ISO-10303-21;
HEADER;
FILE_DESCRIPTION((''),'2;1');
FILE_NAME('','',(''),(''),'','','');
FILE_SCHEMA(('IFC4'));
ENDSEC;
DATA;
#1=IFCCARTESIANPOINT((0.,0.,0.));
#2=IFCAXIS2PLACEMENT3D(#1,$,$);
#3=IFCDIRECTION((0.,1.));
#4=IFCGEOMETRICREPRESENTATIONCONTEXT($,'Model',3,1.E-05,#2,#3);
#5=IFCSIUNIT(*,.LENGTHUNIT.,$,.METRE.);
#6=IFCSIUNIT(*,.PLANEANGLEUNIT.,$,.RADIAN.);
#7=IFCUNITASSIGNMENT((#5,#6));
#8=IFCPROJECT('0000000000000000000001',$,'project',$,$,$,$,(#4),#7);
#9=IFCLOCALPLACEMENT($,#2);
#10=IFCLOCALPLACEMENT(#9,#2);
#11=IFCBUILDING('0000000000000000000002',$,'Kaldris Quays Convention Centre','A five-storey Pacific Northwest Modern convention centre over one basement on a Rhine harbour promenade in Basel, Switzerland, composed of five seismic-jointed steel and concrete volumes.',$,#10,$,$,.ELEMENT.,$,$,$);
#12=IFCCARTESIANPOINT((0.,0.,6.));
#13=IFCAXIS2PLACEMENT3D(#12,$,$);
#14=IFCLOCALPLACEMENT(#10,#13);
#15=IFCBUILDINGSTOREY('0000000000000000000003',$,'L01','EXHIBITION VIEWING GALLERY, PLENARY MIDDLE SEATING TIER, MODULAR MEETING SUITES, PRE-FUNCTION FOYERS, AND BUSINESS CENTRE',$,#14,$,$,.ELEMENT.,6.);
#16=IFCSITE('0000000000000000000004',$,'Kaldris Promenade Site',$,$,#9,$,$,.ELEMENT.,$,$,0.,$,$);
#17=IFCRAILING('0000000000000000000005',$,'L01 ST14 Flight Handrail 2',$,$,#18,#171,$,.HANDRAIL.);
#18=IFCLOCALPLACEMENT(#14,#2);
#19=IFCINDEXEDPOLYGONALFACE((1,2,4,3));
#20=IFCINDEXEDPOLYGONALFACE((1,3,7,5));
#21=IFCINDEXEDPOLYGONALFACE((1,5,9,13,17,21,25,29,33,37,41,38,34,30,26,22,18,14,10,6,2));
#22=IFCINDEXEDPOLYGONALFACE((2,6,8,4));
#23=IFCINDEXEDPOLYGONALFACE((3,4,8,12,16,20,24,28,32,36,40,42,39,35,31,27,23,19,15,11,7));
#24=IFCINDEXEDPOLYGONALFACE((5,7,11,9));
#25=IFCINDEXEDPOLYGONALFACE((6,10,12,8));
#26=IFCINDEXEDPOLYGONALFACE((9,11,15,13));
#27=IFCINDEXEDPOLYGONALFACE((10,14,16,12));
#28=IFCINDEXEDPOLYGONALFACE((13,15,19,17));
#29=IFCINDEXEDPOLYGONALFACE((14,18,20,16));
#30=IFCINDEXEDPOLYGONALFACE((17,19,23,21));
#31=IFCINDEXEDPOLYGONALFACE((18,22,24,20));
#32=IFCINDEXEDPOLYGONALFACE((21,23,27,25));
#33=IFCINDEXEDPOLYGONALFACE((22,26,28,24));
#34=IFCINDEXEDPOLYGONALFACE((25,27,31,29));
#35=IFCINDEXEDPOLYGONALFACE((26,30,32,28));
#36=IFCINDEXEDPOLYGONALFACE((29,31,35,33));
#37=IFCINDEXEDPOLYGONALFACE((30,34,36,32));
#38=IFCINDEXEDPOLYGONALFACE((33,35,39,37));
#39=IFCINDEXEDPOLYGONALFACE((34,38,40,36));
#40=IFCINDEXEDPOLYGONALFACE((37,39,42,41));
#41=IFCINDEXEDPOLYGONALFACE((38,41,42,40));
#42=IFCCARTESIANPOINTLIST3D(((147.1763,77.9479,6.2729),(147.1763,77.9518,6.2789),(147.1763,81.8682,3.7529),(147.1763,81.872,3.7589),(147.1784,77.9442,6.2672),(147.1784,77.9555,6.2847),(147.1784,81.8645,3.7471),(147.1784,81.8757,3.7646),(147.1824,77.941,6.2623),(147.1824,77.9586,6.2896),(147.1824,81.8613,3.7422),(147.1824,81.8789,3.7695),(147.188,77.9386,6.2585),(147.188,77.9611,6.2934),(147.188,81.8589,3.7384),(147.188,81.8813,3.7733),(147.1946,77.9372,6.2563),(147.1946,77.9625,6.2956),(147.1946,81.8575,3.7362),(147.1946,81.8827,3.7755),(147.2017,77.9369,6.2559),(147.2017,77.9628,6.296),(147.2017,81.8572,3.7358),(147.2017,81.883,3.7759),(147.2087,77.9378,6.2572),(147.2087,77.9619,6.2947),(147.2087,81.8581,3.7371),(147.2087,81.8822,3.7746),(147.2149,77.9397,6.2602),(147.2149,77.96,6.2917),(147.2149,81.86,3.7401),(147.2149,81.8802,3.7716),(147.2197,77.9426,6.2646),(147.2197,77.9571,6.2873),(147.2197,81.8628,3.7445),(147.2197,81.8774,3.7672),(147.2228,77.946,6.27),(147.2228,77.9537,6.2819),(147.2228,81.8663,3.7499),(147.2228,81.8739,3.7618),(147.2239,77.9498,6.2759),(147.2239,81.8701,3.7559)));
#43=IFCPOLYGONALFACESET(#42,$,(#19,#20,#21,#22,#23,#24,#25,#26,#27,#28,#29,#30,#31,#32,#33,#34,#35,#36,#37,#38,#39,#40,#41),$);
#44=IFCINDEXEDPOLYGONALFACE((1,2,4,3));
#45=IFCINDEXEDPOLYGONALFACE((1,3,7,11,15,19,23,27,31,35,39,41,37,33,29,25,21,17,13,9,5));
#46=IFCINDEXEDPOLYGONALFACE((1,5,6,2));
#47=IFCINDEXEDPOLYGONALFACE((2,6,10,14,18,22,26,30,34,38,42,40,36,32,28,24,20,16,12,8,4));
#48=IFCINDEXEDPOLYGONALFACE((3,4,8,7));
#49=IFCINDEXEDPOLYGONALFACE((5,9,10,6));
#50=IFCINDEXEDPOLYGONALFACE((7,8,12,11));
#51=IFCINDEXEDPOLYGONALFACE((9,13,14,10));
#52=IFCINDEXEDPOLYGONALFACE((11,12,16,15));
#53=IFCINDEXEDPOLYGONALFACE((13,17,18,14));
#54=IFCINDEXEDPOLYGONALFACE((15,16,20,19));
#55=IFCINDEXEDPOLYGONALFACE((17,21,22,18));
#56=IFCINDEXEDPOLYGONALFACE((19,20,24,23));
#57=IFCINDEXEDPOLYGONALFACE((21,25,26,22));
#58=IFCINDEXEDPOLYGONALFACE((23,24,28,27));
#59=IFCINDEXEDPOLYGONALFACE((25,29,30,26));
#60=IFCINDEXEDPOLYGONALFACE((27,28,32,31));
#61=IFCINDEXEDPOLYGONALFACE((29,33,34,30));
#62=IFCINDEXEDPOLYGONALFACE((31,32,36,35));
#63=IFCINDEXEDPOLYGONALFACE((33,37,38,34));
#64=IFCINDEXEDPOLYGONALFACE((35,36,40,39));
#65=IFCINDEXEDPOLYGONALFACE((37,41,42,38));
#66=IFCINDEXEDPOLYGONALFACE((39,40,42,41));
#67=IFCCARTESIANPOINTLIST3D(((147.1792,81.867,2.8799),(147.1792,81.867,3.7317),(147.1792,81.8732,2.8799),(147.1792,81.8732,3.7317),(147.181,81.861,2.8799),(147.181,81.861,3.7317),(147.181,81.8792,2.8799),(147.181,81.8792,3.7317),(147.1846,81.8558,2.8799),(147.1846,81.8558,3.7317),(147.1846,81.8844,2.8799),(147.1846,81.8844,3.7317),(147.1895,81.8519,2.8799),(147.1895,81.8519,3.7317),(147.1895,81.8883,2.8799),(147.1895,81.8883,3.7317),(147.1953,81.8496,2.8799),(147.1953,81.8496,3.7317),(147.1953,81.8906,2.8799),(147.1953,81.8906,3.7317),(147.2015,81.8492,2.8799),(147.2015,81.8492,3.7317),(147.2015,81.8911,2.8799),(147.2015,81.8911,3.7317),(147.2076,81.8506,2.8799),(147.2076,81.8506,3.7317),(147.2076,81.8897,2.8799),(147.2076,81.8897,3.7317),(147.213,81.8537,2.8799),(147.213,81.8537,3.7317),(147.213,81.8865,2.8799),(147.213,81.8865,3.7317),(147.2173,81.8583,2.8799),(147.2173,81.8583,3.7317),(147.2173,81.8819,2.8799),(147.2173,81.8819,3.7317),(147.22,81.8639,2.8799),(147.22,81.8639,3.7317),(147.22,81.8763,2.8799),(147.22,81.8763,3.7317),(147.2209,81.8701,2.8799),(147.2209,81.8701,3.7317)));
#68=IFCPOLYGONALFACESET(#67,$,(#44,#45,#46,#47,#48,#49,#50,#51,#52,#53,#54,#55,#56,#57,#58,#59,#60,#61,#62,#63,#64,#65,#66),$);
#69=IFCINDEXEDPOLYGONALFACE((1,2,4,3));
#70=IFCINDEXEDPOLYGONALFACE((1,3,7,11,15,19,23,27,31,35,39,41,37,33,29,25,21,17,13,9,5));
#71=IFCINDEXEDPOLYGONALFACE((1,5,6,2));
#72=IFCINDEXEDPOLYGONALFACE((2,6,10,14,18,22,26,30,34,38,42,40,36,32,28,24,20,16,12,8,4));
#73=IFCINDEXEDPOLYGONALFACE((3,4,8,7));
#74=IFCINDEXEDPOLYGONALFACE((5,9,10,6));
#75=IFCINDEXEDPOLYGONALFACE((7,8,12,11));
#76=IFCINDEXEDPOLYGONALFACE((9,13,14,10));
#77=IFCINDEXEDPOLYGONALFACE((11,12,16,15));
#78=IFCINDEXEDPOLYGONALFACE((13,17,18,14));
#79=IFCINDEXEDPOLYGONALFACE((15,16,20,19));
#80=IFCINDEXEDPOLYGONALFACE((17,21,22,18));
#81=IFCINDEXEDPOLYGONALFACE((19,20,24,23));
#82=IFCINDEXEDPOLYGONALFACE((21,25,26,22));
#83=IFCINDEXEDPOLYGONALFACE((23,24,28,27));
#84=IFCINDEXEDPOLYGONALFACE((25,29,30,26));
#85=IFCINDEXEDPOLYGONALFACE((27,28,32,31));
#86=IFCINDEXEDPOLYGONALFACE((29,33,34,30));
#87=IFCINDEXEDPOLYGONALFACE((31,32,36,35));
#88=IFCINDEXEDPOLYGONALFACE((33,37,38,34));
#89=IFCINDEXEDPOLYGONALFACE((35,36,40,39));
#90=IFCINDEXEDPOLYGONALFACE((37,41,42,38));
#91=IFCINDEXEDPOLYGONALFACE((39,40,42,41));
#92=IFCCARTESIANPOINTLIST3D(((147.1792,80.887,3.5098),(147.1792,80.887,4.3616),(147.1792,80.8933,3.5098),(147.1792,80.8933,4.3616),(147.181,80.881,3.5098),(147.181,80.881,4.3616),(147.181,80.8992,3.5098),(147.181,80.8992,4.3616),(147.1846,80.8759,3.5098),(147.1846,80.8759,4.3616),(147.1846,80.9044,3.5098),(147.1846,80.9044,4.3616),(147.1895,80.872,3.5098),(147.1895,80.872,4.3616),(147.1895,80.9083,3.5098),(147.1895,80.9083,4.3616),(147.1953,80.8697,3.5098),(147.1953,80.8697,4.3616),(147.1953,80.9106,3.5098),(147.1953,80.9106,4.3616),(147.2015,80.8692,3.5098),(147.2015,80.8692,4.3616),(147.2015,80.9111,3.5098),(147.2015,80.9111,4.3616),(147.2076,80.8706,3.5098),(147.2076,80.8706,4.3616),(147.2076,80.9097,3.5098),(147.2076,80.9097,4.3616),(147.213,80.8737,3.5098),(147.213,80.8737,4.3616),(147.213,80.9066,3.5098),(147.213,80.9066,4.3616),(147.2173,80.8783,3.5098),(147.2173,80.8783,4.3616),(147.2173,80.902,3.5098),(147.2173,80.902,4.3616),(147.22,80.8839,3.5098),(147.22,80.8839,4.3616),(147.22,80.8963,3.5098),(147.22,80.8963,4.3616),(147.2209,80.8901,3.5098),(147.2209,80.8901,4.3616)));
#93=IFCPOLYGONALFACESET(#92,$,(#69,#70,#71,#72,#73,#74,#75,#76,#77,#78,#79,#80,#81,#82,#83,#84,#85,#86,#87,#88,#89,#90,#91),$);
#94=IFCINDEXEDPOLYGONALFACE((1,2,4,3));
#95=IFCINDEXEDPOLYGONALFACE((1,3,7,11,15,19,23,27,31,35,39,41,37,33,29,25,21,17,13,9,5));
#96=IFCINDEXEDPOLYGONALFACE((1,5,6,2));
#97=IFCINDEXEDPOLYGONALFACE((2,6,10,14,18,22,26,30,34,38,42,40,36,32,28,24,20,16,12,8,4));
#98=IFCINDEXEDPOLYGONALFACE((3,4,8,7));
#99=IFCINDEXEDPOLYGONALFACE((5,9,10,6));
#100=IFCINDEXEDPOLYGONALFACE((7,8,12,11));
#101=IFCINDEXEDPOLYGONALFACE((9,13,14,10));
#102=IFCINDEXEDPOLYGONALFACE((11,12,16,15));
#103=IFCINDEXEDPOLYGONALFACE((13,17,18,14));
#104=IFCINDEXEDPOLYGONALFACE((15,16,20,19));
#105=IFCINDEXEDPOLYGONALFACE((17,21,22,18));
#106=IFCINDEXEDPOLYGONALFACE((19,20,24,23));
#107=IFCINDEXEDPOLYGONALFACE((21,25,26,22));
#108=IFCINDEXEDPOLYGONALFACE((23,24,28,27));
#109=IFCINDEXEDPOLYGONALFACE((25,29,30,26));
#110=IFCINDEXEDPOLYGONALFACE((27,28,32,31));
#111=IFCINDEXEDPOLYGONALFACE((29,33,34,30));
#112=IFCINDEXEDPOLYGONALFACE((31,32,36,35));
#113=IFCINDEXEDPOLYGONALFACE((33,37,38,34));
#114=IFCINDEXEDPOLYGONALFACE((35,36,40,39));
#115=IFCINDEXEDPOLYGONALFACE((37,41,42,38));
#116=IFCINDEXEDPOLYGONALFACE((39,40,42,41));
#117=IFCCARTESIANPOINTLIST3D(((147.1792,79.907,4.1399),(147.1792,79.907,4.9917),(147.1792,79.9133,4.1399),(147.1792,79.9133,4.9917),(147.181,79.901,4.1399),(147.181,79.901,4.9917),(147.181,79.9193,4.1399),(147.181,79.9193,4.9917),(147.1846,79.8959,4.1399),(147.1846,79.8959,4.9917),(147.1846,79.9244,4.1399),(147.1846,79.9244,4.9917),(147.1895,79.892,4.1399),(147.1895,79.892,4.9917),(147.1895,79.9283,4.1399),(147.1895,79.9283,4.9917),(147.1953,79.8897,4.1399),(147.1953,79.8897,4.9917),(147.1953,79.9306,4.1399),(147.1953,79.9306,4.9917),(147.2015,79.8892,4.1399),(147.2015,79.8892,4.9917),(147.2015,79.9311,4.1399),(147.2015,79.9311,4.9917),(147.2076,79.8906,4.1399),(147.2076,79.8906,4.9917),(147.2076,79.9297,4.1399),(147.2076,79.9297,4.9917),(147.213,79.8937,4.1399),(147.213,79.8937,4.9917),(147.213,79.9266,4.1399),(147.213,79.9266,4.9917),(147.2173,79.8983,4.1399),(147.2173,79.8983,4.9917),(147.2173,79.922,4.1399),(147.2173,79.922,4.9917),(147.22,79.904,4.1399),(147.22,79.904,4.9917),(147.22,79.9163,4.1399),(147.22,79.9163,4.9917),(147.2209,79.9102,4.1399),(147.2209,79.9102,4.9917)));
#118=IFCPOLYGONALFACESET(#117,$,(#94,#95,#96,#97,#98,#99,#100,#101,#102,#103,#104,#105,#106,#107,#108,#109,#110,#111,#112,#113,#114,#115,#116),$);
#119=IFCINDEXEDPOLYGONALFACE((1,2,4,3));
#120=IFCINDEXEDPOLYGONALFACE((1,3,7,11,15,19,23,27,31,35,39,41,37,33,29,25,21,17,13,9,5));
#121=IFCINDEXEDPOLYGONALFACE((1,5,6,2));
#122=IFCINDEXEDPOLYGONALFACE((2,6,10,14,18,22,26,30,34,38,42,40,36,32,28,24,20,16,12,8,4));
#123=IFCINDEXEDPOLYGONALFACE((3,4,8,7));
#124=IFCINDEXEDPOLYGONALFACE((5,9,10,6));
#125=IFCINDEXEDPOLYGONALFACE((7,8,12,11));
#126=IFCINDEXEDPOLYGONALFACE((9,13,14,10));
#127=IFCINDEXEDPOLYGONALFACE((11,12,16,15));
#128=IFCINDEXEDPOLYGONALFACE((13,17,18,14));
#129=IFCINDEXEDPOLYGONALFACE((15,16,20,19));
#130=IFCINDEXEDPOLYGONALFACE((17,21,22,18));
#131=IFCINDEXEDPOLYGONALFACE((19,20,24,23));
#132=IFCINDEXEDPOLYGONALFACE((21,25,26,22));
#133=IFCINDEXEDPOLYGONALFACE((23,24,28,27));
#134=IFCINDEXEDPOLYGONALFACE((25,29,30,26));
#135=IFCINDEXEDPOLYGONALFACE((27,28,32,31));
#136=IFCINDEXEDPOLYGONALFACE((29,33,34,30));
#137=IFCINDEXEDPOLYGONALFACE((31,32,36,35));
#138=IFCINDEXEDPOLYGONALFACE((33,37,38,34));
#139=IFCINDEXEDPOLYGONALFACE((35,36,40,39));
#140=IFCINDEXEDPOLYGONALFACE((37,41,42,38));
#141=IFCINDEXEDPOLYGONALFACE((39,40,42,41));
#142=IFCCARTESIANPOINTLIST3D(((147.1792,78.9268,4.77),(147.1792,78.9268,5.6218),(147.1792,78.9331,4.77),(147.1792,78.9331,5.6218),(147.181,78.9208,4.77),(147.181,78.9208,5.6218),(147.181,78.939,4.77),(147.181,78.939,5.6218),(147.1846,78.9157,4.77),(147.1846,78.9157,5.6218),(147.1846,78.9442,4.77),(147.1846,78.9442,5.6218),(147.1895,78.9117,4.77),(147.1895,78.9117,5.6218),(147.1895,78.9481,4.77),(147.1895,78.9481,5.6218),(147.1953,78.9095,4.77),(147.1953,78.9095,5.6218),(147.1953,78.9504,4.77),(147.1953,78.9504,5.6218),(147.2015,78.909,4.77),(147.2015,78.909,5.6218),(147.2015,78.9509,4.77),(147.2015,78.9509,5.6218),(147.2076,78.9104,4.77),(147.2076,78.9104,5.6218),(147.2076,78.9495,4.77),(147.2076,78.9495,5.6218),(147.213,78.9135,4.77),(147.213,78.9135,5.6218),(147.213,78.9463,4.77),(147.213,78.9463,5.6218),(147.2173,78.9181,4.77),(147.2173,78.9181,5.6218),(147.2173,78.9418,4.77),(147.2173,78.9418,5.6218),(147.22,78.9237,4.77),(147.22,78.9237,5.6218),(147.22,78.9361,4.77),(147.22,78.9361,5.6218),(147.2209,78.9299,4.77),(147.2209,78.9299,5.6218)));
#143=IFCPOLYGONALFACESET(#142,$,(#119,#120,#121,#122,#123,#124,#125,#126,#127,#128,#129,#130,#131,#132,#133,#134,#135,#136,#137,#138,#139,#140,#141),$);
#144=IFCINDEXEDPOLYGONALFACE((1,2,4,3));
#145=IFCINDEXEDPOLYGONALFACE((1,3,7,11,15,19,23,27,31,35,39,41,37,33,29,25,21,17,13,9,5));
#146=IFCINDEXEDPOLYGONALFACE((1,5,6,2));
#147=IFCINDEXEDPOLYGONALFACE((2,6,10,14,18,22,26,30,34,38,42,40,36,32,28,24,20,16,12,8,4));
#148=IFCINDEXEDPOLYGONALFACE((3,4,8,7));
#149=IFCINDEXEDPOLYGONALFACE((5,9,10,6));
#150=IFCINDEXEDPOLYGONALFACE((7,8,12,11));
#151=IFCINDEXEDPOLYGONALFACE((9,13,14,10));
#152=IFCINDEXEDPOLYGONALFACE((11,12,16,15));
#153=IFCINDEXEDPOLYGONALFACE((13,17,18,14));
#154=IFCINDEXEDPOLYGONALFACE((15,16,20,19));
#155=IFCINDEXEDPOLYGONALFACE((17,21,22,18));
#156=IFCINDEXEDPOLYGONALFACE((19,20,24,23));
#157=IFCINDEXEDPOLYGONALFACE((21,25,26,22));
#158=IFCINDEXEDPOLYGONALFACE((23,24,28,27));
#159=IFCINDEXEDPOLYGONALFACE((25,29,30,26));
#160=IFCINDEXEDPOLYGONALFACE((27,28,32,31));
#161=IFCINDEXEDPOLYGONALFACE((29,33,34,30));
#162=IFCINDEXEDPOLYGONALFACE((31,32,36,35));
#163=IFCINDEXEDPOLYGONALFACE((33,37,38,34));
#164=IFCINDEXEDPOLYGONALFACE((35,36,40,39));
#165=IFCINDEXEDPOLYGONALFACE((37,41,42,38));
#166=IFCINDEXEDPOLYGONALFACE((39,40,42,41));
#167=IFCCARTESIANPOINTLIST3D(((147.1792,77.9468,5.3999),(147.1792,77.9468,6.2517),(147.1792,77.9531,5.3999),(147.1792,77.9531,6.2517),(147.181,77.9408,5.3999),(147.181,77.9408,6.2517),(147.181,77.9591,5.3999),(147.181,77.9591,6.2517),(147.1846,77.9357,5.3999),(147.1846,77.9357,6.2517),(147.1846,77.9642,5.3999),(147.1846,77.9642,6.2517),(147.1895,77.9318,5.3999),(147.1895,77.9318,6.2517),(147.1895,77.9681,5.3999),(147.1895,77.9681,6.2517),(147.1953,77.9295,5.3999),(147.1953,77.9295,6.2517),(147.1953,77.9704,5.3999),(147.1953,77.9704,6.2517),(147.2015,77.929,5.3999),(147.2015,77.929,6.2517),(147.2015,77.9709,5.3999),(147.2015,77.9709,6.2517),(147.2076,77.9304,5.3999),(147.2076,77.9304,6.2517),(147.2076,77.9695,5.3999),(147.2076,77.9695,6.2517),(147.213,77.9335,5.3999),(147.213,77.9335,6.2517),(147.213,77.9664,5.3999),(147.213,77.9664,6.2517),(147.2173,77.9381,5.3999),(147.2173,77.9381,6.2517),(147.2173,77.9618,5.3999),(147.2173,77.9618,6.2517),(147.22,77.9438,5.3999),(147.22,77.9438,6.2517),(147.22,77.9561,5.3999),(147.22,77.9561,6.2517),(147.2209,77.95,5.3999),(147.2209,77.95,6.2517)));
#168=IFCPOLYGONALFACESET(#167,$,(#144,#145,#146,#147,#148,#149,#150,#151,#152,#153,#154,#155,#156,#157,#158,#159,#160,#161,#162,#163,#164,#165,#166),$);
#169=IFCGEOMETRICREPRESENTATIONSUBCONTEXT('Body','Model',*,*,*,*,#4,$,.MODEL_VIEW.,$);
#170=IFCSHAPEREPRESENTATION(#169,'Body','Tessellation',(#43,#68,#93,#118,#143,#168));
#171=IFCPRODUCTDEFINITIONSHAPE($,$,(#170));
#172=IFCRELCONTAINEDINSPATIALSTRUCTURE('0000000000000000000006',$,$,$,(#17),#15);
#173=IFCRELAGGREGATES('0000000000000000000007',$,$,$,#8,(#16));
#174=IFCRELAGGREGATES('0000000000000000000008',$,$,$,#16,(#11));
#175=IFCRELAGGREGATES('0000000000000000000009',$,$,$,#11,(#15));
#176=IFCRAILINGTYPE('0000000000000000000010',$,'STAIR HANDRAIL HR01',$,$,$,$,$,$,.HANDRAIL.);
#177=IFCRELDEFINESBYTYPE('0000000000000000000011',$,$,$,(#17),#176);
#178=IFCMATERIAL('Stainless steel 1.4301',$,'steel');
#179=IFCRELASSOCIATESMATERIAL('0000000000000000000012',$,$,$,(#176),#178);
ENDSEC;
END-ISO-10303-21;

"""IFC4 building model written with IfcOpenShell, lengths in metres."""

from ifc_helpers import new_model, si_unit, direction, frame, origin, origin_2d, place, context, subcontext, project, spatial, circle, extrude, material, type_object, element, save


model = new_model("IFC4")

# Units and contexts
model_context = context("Model", 3, precision=1e-05, world=origin(), true_north=direction((0.0, 1.0)))
body_context = subcontext(model_context, "Body", "Model", "MODEL_VIEW")
ifc_project = project(units=[si_unit("LENGTHUNIT", "METRE"), si_unit("PLANEANGLEUNIT", "RADIAN")], contexts=[model_context])

# Site, building, storey
site_placement = place(None, origin())
site = spatial("IfcSite", under=ifc_project, at=site_placement, Name="Kaldris Promenade Site", CompositionType="ELEMENT", RefElevation=0.0)
building_placement = place(site_placement, origin())
building = spatial("IfcBuilding", under=site, at=building_placement, Name="Kaldris Quays Convention Centre", Description="A five-storey Pacific Northwest Modern convention centre over one basement on a Rhine harbour promenade in Basel, Switzerland, composed of five seismic-jointed steel and concrete volumes.", CompositionType="ELEMENT")
storey_placement = place(building_placement, frame((0.0, 0.0, 6.0)))
storey = spatial("IfcBuildingStorey", under=building, at=storey_placement, Name="L01", Description="EXHIBITION VIEWING GALLERY, PLENARY MIDDLE SEATING TIER, MODULAR MEETING SUITES, PRE-FUNCTION FOYERS, AND BUSINESS CENTRE", CompositionType="ELEMENT", Elevation=6.0)

# Railing
ifc_material_1 = material(Name="Stainless steel 1.4301", Category="steel")
railing_type_1 = type_object("IfcRailingType", Name="STAIR HANDRAIL HR01", PredefinedType="HANDRAIL", material=ifc_material_1)
railing_1_placement = place(storey_placement, frame((147.2, 81.8701, 2.8799)))
element("IfcRailing", 1, at=railing_1_placement, inside=storey, type_object=railing_type_1, Name="L01 ST14 Flight Handrail 2", PredefinedType="HANDRAIL", context=body_context, shape_type="SweptSolid", body=[
    extrude(circle(Radius=0.0239, at=origin_2d()), frame((0.0, 0.0, 0.876), z_axis=(0.0, -0.841187, 0.540744), x_axis=(1.0, 0.0, 0.0)), (0.0, 0.0, 1.0), 4.6604),
    extrude(circle(Radius=0.021, at=origin_2d()), origin(), (0.0, 0.0, 1.0), 0.8518),
    extrude(circle(Radius=0.021, at=origin_2d()), frame((0.0, -0.98, 0.6299)), (0.0, 0.0, 1.0), 0.8518),
    extrude(circle(Radius=0.021, at=origin_2d()), frame((0.0, -1.96, 1.26)), (0.0, 0.0, 1.0), 0.8518),
    extrude(circle(Radius=0.021, at=origin_2d()), frame((0.0, -2.9402, 1.8901)), (0.0, 0.0, 1.0), 0.8518),
    extrude(circle(Radius=0.021, at=origin_2d()), frame((0.0, -3.9202, 2.52)), (0.0, 0.0, 1.0), 0.8518),
])

save(model, "model.ifc")
